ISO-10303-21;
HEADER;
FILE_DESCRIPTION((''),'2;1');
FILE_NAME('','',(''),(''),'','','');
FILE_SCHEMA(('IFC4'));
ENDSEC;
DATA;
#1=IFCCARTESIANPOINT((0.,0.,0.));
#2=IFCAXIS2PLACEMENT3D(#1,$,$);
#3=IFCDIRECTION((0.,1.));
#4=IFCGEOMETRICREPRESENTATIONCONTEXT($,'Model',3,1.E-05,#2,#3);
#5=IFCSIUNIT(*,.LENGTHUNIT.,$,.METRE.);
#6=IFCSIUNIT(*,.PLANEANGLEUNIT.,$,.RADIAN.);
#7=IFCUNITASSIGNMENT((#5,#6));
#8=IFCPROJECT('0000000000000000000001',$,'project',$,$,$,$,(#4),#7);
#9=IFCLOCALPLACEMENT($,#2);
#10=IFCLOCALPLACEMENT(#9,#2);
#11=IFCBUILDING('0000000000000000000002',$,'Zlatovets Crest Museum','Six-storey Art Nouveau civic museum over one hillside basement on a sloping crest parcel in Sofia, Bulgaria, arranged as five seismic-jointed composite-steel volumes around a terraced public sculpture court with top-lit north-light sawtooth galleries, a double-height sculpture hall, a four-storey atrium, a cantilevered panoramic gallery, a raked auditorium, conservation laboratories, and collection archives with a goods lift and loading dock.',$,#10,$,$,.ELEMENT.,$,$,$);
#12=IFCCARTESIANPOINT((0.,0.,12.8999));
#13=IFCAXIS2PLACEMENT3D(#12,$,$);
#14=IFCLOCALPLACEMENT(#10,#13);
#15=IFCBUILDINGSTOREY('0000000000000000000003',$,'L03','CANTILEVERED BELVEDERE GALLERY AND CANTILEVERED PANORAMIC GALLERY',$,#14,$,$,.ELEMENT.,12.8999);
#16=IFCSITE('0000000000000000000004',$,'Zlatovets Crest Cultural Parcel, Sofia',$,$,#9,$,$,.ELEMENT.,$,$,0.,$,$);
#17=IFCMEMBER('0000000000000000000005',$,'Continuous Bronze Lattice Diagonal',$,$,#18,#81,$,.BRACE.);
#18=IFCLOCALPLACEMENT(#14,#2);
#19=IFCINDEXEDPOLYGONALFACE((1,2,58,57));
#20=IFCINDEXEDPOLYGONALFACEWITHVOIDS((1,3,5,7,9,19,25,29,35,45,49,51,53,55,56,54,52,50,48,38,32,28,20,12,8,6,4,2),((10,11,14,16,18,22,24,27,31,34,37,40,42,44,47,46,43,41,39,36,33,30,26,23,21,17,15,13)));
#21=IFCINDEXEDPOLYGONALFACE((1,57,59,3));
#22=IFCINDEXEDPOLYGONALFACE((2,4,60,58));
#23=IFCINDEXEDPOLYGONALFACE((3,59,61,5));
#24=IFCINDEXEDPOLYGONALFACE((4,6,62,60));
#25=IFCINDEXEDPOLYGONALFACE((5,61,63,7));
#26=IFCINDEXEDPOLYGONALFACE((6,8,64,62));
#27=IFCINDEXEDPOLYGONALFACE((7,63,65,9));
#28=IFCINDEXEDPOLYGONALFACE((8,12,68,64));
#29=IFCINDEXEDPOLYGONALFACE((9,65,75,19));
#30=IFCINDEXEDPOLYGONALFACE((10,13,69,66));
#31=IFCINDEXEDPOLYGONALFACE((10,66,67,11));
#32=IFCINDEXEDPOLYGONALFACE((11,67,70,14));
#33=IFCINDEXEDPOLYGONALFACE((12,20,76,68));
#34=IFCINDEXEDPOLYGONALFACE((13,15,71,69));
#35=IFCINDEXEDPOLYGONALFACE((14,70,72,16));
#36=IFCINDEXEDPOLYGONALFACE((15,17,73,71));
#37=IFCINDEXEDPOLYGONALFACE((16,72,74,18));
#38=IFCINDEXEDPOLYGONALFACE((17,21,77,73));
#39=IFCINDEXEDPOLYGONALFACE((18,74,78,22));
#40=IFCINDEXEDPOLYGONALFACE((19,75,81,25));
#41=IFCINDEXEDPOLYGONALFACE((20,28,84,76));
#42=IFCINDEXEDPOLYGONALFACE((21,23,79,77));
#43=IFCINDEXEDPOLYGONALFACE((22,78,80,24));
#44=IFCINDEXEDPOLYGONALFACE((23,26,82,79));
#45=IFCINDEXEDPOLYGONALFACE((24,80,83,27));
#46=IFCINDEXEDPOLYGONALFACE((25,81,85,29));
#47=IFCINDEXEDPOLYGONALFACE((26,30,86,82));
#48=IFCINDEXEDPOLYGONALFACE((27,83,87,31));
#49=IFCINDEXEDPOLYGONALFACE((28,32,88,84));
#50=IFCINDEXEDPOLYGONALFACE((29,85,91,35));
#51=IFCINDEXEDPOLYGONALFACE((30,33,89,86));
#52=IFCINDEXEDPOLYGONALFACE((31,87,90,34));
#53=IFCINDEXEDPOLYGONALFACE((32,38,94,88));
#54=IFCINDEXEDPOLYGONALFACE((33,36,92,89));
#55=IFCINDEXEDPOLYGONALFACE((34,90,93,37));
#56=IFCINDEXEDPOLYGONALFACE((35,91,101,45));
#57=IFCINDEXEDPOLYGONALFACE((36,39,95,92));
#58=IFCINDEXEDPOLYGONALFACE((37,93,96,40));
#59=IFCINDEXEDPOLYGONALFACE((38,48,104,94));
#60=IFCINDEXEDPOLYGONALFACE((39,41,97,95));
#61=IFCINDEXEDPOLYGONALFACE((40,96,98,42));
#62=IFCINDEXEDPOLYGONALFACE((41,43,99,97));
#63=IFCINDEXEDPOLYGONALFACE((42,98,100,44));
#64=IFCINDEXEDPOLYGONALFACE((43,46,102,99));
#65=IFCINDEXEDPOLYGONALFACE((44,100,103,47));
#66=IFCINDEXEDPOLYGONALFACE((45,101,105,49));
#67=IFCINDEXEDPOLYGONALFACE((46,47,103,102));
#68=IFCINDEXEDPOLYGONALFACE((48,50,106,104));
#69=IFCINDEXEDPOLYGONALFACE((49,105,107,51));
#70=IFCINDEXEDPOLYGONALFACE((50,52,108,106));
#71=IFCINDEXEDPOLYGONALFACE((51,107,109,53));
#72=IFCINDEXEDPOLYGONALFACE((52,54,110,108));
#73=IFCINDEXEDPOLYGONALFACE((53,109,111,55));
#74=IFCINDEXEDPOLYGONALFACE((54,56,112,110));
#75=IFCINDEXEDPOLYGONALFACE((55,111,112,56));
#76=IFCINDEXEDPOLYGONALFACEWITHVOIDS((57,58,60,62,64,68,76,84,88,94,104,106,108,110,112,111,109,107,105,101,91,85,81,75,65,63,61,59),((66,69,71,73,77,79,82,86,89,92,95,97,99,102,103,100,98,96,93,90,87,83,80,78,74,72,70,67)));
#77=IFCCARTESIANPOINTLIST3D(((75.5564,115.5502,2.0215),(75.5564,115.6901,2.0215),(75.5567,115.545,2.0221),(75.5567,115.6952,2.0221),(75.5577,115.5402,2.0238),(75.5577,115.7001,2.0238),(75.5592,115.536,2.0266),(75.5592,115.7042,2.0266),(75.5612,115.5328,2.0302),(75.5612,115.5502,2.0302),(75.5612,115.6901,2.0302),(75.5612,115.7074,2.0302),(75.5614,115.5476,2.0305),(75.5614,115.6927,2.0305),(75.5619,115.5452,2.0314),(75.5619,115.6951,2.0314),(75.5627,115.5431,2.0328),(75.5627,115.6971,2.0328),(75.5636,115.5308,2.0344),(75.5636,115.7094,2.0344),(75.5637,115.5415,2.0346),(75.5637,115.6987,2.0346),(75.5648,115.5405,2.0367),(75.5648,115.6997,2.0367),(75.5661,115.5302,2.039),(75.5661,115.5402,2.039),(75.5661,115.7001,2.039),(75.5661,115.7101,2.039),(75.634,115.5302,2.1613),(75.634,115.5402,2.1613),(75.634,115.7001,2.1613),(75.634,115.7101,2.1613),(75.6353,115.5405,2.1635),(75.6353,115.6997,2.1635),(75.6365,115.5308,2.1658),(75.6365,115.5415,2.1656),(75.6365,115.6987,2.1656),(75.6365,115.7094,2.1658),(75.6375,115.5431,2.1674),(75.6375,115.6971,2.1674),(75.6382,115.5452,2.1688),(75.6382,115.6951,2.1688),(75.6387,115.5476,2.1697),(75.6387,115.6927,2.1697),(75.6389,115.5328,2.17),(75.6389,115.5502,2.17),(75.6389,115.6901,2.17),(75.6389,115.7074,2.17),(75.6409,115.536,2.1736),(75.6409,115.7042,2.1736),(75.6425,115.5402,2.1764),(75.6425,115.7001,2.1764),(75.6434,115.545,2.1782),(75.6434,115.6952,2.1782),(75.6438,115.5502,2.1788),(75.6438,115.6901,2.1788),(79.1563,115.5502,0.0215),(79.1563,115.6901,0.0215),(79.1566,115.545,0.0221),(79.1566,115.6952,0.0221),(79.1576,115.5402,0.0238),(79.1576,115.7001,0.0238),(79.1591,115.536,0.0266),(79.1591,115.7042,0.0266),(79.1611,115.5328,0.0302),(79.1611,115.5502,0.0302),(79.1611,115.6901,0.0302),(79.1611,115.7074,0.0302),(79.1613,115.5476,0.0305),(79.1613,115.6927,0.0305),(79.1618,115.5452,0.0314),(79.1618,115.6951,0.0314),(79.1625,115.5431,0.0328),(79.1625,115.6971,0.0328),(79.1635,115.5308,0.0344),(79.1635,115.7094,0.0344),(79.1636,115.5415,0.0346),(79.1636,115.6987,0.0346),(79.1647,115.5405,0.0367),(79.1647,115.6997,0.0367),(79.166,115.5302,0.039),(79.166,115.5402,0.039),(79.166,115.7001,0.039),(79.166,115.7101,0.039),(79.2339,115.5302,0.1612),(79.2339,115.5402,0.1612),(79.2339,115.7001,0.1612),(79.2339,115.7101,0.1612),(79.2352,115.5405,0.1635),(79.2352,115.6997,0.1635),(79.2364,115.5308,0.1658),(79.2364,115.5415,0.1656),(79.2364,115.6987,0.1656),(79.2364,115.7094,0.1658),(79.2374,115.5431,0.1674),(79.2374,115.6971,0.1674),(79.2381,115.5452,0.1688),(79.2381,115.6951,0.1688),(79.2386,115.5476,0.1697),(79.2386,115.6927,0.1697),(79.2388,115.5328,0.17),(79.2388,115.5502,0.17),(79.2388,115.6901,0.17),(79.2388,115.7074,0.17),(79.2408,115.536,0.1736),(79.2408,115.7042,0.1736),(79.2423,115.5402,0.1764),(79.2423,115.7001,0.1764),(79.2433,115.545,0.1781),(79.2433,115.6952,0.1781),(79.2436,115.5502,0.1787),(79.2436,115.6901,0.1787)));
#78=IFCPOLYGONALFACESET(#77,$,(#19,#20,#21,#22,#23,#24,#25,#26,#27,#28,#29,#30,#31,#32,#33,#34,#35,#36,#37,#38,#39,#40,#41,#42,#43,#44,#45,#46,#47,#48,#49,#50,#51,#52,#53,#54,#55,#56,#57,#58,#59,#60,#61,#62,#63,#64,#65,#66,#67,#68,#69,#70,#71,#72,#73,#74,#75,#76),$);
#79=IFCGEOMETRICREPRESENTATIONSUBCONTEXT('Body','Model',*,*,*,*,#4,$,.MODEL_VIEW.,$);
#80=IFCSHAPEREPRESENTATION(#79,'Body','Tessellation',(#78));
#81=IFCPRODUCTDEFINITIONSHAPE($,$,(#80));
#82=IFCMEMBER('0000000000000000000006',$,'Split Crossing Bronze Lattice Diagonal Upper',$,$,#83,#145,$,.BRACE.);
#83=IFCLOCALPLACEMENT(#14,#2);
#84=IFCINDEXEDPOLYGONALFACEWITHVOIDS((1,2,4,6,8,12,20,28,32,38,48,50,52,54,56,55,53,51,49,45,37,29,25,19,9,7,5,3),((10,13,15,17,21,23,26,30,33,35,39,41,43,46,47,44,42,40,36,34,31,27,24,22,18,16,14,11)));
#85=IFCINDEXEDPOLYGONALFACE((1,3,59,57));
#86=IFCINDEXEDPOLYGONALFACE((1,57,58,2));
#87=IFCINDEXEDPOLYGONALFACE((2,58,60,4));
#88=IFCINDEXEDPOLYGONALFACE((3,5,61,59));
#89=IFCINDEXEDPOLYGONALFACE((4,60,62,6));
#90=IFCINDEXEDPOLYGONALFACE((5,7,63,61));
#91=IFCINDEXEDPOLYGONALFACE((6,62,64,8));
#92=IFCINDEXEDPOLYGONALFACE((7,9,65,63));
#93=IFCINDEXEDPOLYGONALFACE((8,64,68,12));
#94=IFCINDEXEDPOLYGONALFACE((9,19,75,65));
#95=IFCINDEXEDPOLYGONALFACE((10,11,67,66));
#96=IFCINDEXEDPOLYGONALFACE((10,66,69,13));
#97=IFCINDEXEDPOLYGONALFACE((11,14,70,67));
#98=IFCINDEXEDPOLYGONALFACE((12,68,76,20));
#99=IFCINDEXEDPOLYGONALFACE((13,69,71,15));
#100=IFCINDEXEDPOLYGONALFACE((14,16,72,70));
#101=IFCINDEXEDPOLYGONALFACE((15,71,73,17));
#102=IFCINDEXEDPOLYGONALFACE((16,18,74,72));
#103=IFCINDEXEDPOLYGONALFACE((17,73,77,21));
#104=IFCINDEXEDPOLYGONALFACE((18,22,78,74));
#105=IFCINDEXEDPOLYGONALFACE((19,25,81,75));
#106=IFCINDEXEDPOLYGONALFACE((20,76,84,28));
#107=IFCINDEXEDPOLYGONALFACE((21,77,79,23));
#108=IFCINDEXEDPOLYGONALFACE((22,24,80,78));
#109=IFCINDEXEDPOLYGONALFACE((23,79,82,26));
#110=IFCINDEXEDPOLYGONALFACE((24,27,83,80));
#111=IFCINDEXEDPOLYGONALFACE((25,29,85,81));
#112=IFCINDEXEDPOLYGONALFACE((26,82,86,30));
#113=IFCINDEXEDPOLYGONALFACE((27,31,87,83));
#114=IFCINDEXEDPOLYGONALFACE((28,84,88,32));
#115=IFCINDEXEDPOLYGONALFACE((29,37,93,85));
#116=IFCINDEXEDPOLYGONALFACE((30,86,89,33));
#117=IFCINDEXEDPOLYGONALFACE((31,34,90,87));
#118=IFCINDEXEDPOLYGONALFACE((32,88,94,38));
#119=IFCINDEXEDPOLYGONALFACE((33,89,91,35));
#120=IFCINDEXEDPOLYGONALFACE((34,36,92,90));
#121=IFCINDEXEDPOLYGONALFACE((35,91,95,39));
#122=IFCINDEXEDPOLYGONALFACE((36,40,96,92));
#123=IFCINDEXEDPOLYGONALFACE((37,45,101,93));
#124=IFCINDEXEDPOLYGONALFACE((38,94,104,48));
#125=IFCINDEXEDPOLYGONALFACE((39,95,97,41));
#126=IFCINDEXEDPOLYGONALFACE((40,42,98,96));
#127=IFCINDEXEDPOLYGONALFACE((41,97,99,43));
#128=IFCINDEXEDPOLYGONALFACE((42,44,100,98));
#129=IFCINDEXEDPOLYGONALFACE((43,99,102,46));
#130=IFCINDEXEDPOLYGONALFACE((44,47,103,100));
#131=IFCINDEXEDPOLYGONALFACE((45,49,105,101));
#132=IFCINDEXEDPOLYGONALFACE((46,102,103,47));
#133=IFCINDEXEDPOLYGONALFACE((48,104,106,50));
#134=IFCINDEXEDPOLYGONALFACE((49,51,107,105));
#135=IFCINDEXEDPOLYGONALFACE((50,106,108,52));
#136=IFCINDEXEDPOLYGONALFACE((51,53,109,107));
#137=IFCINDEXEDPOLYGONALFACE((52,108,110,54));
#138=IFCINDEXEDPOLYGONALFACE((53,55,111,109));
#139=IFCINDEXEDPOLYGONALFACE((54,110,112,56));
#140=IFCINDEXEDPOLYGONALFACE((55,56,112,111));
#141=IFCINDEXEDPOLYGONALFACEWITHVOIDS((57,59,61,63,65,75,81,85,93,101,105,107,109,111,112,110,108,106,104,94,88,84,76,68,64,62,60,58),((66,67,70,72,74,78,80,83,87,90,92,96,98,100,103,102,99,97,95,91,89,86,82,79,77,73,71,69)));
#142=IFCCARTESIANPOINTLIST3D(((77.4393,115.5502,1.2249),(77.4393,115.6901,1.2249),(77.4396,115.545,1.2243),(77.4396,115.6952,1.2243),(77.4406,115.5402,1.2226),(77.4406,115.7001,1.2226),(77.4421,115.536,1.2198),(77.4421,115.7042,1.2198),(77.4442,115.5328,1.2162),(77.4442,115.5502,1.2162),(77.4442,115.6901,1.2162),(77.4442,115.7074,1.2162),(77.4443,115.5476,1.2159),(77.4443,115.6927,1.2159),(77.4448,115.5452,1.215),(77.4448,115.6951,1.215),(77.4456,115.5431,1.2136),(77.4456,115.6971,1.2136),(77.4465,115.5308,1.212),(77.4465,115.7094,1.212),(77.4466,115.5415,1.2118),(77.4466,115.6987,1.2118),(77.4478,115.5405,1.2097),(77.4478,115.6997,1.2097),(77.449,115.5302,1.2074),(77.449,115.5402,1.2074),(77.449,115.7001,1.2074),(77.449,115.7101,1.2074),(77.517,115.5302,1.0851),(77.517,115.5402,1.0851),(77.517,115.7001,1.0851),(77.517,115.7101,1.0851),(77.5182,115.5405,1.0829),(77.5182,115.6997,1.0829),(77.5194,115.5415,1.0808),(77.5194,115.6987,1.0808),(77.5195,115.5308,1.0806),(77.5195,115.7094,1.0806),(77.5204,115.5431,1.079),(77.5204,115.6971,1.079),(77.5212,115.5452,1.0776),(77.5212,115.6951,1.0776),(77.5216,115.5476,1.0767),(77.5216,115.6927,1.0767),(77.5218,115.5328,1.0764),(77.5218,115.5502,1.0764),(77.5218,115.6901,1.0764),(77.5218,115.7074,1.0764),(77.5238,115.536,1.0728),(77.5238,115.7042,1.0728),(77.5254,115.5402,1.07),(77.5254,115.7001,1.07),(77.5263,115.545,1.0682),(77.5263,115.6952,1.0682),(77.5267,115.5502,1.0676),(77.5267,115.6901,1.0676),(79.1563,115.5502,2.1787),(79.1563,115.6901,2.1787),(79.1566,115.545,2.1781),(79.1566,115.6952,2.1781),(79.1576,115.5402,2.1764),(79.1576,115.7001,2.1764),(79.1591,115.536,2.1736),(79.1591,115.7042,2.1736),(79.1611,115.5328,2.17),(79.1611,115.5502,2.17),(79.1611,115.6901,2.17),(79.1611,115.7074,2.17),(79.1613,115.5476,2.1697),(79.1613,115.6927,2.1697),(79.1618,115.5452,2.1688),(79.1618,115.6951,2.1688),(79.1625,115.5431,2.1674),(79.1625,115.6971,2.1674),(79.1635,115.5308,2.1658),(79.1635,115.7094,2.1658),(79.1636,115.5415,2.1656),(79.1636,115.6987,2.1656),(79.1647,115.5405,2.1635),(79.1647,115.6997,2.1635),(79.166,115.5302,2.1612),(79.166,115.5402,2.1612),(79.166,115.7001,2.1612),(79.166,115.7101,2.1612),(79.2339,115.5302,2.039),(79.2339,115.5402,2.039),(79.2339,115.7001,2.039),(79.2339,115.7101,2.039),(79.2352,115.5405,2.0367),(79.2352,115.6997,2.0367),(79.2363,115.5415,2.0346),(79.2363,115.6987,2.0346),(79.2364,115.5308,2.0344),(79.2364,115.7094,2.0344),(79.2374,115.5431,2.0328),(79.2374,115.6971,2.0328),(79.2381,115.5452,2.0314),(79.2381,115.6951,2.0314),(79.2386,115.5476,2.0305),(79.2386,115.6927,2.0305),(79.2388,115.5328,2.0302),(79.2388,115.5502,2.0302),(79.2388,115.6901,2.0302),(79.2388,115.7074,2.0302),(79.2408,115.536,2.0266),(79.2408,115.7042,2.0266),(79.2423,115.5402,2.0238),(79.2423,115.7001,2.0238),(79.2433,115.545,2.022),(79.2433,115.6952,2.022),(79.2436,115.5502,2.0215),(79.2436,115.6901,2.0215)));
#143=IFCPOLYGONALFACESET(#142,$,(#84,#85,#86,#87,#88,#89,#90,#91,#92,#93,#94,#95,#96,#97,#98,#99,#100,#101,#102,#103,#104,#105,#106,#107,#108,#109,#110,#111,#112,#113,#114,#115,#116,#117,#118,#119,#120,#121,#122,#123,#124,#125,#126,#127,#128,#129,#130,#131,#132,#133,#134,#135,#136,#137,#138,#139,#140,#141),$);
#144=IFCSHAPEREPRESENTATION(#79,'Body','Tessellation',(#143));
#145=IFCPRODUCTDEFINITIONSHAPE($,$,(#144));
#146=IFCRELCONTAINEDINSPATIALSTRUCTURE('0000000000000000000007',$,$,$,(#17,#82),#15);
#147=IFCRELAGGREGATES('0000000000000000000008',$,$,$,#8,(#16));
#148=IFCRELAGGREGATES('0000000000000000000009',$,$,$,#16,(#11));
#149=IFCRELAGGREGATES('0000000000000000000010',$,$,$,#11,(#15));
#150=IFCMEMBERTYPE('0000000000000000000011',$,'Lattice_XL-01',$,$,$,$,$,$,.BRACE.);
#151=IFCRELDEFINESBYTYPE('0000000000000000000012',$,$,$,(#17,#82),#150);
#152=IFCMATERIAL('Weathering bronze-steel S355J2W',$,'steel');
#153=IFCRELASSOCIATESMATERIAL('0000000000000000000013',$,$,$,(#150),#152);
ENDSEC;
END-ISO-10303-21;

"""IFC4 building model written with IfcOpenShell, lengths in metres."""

from ifc_helpers import new_model, si_unit, direction, frame, origin, origin_2d, place, context, subcontext, project, spatial, hollow_rectangle, extrude, material, material_profile, profile_set, type_object, element, save


model = new_model("IFC4")

# Units and contexts
model_context = context("Model", 3, precision=1e-05, world=origin(), true_north=direction((0.0, 1.0)))
body_context = subcontext(model_context, "Body", "Model", "MODEL_VIEW")
ifc_project = project(units=[si_unit("LENGTHUNIT", "METRE"), si_unit("PLANEANGLEUNIT", "RADIAN")], contexts=[model_context])

# Site, building, storey
site_placement = place(None, origin())
site = spatial("IfcSite", under=ifc_project, at=site_placement, Name="Zlatovets Crest Cultural Parcel, Sofia", CompositionType="ELEMENT", RefElevation=0.0)
building_placement = place(site_placement, origin())
building = spatial("IfcBuilding", under=site, at=building_placement, Name="Zlatovets Crest Museum", Description="Six-storey Art Nouveau civic museum over one hillside basement on a sloping crest parcel in Sofia, Bulgaria, arranged as five seismic-jointed composite-steel volumes around a terraced public sculpture court with top-lit north-light sawtooth galleries, a double-height sculpture hall, a four-storey atrium, a cantilevered panoramic gallery, a raked auditorium, conservation laboratories, and collection archives with a goods lift and loading dock.", CompositionType="ELEMENT")
storey_placement = place(building_placement, frame((0.0, 0.0, 12.8999)))
storey = spatial("IfcBuildingStorey", under=building, at=storey_placement, Name="L03", Description="CANTILEVERED BELVEDERE GALLERY AND CANTILEVERED PANORAMIC GALLERY", CompositionType="ELEMENT", Elevation=12.8999)

# Members
ifc_material_1 = material(Name="Weathering bronze-steel S355J2W", Category="steel")
ifc_material_profile_1 = material_profile(ifc_material_1, hollow_rectangle(XDim=0.1799, YDim=0.1799, WallThickness=0.01, InnerFilletRadius=0.01, OuterFilletRadius=0.02, at=origin_2d()), Name="SHS 180x180x10.0")
ifc_profile_set_1 = profile_set([ifc_material_profile_1], Name="Weathering bronze-steel S355J2W")
member_type_1 = type_object("IfcMemberType", Name="Lattice_XL-01", PredefinedType="BRACE", material=ifc_profile_set_1)
member_1_placement = place(storey_placement, frame((79.2, 115.6201, 0.1001), z_axis=(-0.874149, 0.0, 0.485658), x_axis=(0.0, -1.0, 0.0)))
element("IfcMember", 1, at=member_1_placement, inside=storey, type_object=member_type_1, Name="Continuous Bronze Lattice Diagonal", PredefinedType="BRACE", context=body_context, shape_type="SweptSolid", body=[
    extrude(hollow_rectangle(XDim=0.1799, YDim=0.1799, WallThickness=0.01, InnerFilletRadius=0.01, OuterFilletRadius=0.02, at=origin_2d()), origin(), (0.0, 0.0, 1.0), 4.1182),
])
member_2_placement = place(storey_placement, frame((79.2, 115.6201, 2.1001), z_axis=(-0.874169, 0.0, -0.485622), x_axis=(0.0, -1.0, 0.0)))
element("IfcMember", 2, at=member_2_placement, inside=storey, type_object=member_type_1, Name="Split Crossing Bronze Lattice Diagonal Upper", PredefinedType="BRACE", context=body_context, shape_type="SweptSolid", body=[
    extrude(hollow_rectangle(XDim=0.1799, YDim=0.1799, WallThickness=0.01, InnerFilletRadius=0.01, OuterFilletRadius=0.02, at=origin_2d()), origin(), (0.0, 0.0, 1.0), 1.9641),
])

save(model, "model.ifc")
